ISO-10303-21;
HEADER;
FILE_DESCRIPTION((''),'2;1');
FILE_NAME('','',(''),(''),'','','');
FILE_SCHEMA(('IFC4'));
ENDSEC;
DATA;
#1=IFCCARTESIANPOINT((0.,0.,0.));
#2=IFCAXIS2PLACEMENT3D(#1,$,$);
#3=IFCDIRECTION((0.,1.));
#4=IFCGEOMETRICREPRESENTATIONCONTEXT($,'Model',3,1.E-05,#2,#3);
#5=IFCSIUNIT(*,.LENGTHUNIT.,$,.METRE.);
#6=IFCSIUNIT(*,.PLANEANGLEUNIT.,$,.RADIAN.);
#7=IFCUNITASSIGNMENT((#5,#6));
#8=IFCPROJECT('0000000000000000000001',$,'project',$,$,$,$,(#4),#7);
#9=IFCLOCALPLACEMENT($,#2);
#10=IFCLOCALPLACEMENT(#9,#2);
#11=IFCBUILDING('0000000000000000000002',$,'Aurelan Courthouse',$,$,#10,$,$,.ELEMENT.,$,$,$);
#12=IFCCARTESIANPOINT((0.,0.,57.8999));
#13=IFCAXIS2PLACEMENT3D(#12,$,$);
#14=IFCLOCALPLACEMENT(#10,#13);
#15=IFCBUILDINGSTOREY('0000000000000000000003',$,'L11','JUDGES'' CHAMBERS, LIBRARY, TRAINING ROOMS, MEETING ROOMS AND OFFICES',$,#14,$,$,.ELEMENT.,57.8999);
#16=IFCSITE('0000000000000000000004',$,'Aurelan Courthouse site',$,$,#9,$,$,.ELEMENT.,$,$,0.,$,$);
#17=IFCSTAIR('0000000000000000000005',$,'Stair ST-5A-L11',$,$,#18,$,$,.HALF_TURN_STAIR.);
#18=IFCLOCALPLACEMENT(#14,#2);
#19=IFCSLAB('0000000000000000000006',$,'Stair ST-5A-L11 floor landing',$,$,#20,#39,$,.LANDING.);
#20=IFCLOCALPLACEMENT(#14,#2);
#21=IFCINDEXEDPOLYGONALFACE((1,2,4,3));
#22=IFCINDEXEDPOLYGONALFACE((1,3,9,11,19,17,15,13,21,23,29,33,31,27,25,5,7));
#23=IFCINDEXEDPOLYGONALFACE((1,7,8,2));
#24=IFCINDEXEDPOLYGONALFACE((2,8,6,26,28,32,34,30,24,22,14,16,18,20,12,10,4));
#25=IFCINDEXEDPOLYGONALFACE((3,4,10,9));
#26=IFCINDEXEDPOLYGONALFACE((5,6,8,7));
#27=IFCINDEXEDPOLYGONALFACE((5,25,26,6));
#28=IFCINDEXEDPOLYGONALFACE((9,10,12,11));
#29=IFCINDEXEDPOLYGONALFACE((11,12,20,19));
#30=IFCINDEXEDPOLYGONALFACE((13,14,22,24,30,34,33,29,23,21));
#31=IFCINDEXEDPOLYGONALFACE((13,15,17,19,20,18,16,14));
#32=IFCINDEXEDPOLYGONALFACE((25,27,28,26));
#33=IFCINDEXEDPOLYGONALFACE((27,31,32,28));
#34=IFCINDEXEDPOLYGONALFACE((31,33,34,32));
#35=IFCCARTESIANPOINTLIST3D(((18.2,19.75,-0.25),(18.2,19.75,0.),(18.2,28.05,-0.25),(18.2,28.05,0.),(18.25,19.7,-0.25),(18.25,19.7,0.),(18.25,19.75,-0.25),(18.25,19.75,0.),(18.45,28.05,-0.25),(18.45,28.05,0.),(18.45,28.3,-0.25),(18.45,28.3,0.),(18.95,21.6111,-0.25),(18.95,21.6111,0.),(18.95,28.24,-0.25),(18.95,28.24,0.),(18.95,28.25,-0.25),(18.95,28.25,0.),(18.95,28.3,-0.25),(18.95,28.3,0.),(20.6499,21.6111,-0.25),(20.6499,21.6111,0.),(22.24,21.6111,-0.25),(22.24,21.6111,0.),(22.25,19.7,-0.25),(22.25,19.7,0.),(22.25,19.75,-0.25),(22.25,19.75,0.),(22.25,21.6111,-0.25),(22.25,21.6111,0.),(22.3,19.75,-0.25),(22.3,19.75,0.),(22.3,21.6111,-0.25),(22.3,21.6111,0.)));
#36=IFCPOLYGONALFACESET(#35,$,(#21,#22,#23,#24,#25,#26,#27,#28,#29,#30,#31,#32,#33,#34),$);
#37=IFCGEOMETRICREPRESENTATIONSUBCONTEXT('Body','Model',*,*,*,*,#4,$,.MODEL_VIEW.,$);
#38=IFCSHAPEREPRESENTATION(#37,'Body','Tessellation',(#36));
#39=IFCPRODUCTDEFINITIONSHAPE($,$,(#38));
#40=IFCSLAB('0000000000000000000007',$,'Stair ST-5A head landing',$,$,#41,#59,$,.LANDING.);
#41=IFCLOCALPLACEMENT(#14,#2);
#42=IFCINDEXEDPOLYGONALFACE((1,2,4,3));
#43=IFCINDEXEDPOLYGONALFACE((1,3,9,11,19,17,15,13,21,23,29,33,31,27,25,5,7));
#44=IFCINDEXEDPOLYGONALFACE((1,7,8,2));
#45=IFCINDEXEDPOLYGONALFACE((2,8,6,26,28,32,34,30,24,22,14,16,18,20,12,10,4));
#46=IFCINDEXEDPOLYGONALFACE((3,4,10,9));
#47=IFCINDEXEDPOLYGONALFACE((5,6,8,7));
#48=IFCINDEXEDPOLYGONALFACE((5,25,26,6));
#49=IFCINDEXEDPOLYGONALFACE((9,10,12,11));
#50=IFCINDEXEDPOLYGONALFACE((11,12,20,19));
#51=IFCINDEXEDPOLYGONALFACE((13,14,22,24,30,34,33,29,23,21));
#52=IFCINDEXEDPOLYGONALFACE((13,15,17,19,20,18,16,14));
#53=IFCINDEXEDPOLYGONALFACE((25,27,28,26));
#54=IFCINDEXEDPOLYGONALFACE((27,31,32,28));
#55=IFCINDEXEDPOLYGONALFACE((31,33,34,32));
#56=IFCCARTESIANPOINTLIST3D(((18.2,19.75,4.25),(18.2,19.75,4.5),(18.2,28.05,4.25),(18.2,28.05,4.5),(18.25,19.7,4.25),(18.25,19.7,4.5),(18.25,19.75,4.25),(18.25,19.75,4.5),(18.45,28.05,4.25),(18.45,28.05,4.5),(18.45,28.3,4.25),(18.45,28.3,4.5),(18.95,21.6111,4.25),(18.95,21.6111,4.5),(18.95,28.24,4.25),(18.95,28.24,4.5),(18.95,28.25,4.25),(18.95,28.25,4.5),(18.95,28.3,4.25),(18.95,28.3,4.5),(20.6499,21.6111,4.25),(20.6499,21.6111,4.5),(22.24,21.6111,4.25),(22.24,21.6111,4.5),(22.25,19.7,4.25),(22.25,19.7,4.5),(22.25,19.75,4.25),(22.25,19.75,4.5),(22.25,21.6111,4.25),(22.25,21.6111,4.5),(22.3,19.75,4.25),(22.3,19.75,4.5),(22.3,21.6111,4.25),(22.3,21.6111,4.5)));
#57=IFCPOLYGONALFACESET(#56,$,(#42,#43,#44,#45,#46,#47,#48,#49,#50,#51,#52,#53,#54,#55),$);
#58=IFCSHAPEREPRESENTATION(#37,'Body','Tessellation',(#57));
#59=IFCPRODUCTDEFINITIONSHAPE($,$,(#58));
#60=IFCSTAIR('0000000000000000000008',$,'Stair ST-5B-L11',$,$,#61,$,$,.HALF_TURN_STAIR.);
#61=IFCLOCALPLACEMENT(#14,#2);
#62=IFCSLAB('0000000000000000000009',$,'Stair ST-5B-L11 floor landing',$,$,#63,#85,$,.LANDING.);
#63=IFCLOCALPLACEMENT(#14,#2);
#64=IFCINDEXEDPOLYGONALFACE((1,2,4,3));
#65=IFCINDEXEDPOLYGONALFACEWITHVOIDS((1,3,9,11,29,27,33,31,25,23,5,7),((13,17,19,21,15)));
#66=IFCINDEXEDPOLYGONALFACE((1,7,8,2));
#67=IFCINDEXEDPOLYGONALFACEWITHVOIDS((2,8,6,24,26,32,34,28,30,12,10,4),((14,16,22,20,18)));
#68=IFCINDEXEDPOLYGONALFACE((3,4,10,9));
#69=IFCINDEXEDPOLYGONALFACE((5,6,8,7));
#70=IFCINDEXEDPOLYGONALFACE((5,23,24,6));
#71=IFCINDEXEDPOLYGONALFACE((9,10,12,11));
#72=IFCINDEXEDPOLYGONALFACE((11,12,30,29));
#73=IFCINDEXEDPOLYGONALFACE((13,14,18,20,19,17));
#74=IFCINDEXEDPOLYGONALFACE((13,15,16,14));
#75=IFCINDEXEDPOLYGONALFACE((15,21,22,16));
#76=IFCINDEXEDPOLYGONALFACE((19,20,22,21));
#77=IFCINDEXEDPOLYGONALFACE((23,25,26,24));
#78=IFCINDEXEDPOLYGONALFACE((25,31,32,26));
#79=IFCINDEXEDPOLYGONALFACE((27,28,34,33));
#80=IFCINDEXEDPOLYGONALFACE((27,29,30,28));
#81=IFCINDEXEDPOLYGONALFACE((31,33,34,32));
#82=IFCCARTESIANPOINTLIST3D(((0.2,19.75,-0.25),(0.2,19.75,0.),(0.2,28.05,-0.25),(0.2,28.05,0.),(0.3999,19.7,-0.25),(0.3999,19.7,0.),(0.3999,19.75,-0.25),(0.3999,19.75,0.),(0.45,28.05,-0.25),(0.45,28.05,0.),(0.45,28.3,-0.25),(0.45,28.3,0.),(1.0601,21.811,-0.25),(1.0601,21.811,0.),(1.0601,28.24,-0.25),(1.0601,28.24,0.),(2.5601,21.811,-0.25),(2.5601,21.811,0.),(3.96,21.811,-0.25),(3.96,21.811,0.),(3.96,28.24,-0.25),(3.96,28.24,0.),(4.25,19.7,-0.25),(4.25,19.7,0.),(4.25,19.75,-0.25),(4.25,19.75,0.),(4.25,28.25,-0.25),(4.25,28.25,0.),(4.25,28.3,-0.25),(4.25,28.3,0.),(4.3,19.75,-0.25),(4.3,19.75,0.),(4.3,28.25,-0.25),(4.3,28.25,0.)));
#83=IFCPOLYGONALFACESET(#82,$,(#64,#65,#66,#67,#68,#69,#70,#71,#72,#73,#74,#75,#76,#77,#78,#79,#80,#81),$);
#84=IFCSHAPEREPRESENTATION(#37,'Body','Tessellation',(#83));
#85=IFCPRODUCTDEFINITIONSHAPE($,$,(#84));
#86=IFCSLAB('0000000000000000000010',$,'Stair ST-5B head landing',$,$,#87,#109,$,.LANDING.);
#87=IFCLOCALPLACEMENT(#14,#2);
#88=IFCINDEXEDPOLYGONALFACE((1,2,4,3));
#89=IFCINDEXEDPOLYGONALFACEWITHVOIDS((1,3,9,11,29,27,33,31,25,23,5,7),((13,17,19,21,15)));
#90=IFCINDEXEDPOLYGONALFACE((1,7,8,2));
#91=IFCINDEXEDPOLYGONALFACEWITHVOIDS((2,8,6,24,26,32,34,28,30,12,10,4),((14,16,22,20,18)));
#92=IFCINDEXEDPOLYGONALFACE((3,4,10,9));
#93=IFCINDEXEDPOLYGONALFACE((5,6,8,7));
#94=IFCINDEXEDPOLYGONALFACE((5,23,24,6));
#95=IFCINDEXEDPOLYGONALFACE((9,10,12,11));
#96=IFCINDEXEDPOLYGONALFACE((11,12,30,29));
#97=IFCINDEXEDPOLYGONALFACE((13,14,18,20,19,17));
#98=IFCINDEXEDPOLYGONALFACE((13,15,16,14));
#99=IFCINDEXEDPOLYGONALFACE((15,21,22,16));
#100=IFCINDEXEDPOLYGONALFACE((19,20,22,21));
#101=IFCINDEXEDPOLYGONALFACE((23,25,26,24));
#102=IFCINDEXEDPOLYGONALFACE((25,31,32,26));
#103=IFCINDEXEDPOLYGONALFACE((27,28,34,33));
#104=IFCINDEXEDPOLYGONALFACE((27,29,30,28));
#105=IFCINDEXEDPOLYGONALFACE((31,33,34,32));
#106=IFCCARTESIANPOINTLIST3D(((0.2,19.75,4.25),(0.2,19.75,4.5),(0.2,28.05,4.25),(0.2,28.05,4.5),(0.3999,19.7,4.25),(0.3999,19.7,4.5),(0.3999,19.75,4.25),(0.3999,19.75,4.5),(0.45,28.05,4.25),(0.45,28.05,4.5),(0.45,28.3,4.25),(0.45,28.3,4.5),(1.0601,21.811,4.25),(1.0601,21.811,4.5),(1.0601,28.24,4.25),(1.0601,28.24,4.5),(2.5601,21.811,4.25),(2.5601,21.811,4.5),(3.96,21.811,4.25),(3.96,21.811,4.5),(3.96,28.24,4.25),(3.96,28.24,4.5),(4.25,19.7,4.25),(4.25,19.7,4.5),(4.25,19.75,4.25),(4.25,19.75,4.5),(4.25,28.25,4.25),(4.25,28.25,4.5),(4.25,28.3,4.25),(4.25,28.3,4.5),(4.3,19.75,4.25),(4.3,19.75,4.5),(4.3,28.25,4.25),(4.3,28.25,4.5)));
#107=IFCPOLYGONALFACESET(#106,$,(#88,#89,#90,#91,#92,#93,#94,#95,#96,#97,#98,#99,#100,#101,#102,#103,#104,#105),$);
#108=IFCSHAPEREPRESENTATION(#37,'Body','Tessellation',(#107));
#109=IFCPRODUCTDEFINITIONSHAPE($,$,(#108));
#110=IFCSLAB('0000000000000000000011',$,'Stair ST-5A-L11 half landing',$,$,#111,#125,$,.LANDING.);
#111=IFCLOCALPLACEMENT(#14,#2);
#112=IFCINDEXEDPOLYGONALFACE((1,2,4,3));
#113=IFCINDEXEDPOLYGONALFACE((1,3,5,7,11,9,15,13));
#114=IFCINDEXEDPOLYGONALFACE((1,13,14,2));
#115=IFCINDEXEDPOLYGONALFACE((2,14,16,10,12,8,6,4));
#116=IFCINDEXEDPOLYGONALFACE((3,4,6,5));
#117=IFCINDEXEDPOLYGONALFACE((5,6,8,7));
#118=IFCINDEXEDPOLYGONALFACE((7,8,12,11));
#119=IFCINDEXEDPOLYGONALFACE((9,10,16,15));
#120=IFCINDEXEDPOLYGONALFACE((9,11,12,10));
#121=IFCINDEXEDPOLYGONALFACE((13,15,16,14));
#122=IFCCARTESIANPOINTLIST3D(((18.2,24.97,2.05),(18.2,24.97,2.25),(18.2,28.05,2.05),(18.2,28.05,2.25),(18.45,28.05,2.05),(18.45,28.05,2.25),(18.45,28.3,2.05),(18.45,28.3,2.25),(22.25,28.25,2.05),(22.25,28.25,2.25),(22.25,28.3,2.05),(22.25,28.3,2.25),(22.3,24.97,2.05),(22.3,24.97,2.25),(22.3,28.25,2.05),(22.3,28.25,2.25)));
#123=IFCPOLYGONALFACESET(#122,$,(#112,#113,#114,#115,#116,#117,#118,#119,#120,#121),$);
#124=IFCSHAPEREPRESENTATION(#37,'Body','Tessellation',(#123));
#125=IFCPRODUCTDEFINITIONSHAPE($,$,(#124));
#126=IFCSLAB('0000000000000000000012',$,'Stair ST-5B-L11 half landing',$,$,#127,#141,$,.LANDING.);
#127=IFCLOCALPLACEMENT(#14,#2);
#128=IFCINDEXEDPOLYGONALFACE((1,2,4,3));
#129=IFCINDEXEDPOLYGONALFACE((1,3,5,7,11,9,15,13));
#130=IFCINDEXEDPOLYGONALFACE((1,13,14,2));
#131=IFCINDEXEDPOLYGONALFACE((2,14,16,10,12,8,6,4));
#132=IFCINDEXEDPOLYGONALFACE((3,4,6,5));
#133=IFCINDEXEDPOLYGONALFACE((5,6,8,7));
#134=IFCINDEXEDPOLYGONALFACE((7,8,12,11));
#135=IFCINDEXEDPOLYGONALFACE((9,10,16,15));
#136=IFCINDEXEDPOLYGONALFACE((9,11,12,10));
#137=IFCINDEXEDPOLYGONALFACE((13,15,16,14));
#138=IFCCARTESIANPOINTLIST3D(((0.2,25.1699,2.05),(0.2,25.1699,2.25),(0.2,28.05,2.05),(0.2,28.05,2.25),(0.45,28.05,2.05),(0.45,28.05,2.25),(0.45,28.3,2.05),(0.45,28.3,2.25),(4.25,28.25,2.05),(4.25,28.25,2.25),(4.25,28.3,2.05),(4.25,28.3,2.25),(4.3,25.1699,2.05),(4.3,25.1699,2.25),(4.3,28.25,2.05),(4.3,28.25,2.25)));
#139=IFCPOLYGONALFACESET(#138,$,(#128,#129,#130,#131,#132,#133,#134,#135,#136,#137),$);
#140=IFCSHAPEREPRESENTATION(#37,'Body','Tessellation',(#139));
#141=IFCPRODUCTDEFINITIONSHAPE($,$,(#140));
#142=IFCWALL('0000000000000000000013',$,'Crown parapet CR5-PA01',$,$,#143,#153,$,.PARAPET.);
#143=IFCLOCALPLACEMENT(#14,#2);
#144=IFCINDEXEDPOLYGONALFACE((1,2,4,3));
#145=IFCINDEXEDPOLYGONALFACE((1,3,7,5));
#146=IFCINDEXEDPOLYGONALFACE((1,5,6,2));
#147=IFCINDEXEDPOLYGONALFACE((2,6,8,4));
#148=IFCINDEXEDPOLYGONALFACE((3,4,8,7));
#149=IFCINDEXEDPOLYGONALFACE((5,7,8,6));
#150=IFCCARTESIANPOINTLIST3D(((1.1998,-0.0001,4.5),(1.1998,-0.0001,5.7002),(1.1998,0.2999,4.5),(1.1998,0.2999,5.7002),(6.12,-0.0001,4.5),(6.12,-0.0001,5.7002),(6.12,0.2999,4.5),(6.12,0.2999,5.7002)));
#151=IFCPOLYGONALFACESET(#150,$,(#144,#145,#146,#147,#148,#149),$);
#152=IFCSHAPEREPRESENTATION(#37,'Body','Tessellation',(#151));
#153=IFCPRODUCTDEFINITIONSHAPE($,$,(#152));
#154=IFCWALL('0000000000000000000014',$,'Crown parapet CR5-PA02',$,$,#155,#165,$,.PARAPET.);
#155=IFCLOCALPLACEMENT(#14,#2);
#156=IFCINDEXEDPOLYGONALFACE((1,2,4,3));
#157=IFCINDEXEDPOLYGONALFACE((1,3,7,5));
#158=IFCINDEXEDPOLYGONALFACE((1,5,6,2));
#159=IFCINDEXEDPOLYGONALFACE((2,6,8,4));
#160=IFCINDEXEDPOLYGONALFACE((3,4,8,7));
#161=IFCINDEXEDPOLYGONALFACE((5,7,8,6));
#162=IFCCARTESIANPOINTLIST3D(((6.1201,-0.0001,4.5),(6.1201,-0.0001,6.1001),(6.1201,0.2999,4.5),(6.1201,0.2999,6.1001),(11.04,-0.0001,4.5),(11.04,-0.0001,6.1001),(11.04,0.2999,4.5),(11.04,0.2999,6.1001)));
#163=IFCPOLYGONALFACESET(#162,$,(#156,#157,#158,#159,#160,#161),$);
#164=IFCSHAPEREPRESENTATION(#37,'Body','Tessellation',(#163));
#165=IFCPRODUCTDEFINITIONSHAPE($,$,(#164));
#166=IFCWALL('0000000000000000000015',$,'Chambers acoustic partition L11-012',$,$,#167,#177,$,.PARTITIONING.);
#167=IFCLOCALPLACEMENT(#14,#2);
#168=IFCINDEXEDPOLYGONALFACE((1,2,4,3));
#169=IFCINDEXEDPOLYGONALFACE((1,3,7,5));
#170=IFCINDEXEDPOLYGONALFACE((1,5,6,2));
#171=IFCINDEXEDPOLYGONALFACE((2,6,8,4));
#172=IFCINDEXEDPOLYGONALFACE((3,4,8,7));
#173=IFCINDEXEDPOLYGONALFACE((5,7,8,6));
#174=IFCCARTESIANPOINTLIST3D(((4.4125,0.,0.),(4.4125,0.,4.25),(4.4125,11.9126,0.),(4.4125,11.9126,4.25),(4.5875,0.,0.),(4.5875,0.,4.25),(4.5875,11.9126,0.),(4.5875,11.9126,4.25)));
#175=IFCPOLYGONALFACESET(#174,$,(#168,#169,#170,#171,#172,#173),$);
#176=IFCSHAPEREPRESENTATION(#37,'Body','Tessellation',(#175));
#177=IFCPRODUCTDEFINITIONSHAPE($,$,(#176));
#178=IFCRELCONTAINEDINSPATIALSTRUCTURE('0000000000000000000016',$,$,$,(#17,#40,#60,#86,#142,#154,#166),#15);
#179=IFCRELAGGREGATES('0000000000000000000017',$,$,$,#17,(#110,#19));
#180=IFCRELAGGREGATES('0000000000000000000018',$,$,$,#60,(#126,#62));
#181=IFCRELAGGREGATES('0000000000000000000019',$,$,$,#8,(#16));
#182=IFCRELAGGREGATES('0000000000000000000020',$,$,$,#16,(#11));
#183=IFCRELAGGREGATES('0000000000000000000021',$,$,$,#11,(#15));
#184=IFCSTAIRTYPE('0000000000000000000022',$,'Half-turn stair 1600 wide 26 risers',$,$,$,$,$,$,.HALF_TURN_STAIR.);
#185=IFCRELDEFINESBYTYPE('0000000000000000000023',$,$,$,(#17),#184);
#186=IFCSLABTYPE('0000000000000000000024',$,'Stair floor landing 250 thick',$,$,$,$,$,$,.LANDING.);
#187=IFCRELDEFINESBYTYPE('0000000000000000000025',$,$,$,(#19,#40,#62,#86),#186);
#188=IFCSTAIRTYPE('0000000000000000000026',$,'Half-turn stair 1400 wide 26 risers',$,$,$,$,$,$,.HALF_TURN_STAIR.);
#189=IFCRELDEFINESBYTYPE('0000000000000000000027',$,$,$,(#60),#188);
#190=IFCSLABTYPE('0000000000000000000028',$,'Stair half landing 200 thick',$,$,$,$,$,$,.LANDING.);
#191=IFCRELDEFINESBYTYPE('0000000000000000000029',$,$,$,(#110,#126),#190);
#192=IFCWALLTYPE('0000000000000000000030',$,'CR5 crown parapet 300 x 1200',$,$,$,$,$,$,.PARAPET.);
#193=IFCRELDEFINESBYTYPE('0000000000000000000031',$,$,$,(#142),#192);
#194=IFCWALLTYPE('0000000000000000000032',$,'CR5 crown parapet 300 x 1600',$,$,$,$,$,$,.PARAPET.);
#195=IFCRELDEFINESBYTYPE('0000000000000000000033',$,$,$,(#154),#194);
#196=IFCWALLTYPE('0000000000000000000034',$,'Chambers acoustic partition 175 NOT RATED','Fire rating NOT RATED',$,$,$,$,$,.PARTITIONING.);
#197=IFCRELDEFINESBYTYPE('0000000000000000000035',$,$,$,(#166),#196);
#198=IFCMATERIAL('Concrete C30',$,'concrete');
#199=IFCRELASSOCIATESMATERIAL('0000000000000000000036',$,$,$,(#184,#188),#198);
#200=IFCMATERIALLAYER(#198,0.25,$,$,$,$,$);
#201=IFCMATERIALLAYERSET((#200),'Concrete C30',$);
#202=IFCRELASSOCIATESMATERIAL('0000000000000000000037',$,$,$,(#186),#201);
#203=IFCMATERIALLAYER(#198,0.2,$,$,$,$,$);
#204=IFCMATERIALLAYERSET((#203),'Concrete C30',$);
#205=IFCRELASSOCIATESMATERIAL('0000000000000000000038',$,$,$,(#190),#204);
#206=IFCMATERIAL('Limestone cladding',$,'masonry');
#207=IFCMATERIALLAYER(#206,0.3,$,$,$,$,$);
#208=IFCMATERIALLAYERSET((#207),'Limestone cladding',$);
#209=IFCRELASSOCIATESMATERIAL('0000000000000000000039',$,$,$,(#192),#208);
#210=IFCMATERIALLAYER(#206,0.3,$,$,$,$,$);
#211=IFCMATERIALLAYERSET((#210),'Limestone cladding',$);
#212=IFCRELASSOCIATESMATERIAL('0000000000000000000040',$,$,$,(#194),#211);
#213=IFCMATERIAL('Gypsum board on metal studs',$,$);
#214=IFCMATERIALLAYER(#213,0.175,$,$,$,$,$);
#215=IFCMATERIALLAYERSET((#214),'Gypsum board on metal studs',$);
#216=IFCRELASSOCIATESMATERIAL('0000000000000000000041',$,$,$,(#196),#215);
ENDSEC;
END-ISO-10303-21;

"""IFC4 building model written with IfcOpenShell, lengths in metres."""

from ifc_helpers import new_model, si_unit, direction, frame, frame_2d, origin, place, context, subcontext, project, spatial, polyline, rectangle, outline, extrude, material, layer, layer_set, type_object, element, aggregate, save


model = new_model("IFC4")

# Units and contexts
model_context = context("Model", 3, precision=1e-05, world=origin(), true_north=direction((0.0, 1.0)))
body_context = subcontext(model_context, "Body", "Model", "MODEL_VIEW")
ifc_project = project(units=[si_unit("LENGTHUNIT", "METRE"), si_unit("PLANEANGLEUNIT", "RADIAN")], contexts=[model_context])

# Site, building, storey
site_placement = place(None, origin())
site = spatial("IfcSite", under=ifc_project, at=site_placement, Name="Aurelan Courthouse site", CompositionType="ELEMENT", RefElevation=0.0)
building_placement = place(site_placement, origin())
building = spatial("IfcBuilding", under=site, at=building_placement, Name="Aurelan Courthouse", CompositionType="ELEMENT")
storey_placement = place(building_placement, frame((0.0, 0.0, 57.8999)))
storey = spatial("IfcBuildingStorey", under=building, at=storey_placement, Name="L11", Description="JUDGES' CHAMBERS, LIBRARY, TRAINING ROOMS, MEETING ROOMS AND OFFICES", CompositionType="ELEMENT", Elevation=57.8999)

# Stair, slab
ifc_material_1 = material(Name="Concrete C30", Category="concrete")
stair_type_1 = type_object("IfcStairType", Name="Half-turn stair 1600 wide 26 risers", PredefinedType="HALF_TURN_STAIR", material=ifc_material_1)
stair_1_placement = place(storey_placement, origin())
stair_1 = element("IfcStair", 1, at=stair_1_placement, inside=storey, type_object=stair_type_1, Name="Stair ST-5A-L11", PredefinedType="HALF_TURN_STAIR")
ifc_layer_1 = layer(ifc_material_1, 0.25)
ifc_layer_set_1 = layer_set([ifc_layer_1], Name="Concrete C30")
slab_type_1 = type_object("IfcSlabType", Name="Stair floor landing 250 thick", PredefinedType="LANDING", material=ifc_layer_set_1)
slab_1_placement = place(storey_placement, frame((0.0, 0.0, -0.25)))
slab_1 = element("IfcSlab", 2, at=slab_1_placement, type_object=slab_type_1, Name="Stair ST-5A-L11 floor landing", PredefinedType="LANDING", context=body_context, shape_type="SweptSolid", body=[
    extrude(outline(polyline([(22.3, 21.6111), (22.3, 19.75), (22.25, 19.75), (22.25, 19.7), (18.25, 19.7), (18.25, 19.75), (18.2, 19.75), (18.2, 28.05), (18.45, 28.05), (18.45, 28.3), (18.95, 28.3), (18.95, 28.25), (18.95, 28.24), (18.95, 21.6111), (20.6499, 21.6111), (22.24, 21.6111), (22.25, 21.6111), (22.3, 21.6111)])), origin(), (0.0, 0.0, 1.0), 0.25),
])

# Slab
slab_2_placement = place(storey_placement, frame((0.0, 0.0, 4.25)))
element("IfcSlab", 3, at=slab_2_placement, inside=storey, type_object=slab_type_1, Name="Stair ST-5A head landing", PredefinedType="LANDING", context=body_context, shape_type="SweptSolid", body=[
    extrude(outline(polyline([(22.3, 21.6111), (22.3, 19.75), (22.25, 19.75), (22.25, 19.7), (18.25, 19.7), (18.25, 19.75), (18.2, 19.75), (18.2, 28.05), (18.45, 28.05), (18.45, 28.3), (18.95, 28.3), (18.95, 28.25), (18.95, 28.24), (18.95, 21.6111), (20.6499, 21.6111), (22.24, 21.6111), (22.25, 21.6111), (22.3, 21.6111)])), origin(), (0.0, 0.0, 1.0), 0.25),
])

# Stair, slab
stair_type_2 = type_object("IfcStairType", Name="Half-turn stair 1400 wide 26 risers", PredefinedType="HALF_TURN_STAIR", material=ifc_material_1)
stair_2_placement = place(storey_placement, origin())
stair_2 = element("IfcStair", 4, at=stair_2_placement, inside=storey, type_object=stair_type_2, Name="Stair ST-5B-L11", PredefinedType="HALF_TURN_STAIR")
slab_3_placement = place(storey_placement, frame((0.0, 0.0, -0.25)))
slab_3 = element("IfcSlab", 5, at=slab_3_placement, type_object=slab_type_1, Name="Stair ST-5B-L11 floor landing", PredefinedType="LANDING", context=body_context, shape_type="SweptSolid", body=[
    extrude(outline(polyline([(0.3999, 19.7), (0.3999, 19.75), (0.2, 19.75), (0.2, 28.05), (0.45, 28.05), (0.45, 28.3), (4.25, 28.3), (4.25, 28.25), (4.3, 28.25), (4.3, 19.75), (4.25, 19.75), (4.25, 19.7), (0.3999, 19.7)]), holes=[polyline([(3.96, 21.811), (3.96, 28.24), (1.0601, 28.24), (1.0601, 21.811), (2.5601, 21.811), (3.96, 21.811)])]), origin(), (0.0, 0.0, 1.0), 0.25),
])

# Slabs
slab_4_placement = place(storey_placement, frame((0.0, 0.0, 4.25)))
element("IfcSlab", 6, at=slab_4_placement, inside=storey, type_object=slab_type_1, Name="Stair ST-5B head landing", PredefinedType="LANDING", context=body_context, shape_type="SweptSolid", body=[
    extrude(outline(polyline([(0.3999, 19.7), (0.3999, 19.75), (0.2, 19.75), (0.2, 28.05), (0.45, 28.05), (0.45, 28.3), (4.25, 28.3), (4.25, 28.25), (4.3, 28.25), (4.3, 19.75), (4.25, 19.75), (4.25, 19.7), (0.3999, 19.7)]), holes=[polyline([(3.96, 21.811), (3.96, 28.24), (1.0601, 28.24), (1.0601, 21.811), (2.5601, 21.811), (3.96, 21.811)])]), origin(), (0.0, 0.0, 1.0), 0.25),
])
ifc_layer_2 = layer(ifc_material_1, 0.2)
ifc_layer_set_2 = layer_set([ifc_layer_2], Name="Concrete C30")
slab_type_2 = type_object("IfcSlabType", Name="Stair half landing 200 thick", PredefinedType="LANDING", material=ifc_layer_set_2)
slab_5_placement = place(storey_placement, frame((0.0, 0.0, 2.05)))
slab_5 = element("IfcSlab", 7, at=slab_5_placement, type_object=slab_type_2, Name="Stair ST-5A-L11 half landing", PredefinedType="LANDING", context=body_context, shape_type="SweptSolid", body=[
    extrude(outline(polyline([(22.3, 24.97), (18.2, 24.97), (18.2, 28.05), (18.45, 28.05), (18.45, 28.3), (22.25, 28.3), (22.25, 28.25), (22.3, 28.25), (22.3, 24.97)])), origin(), (0.0, 0.0, 1.0), 0.2),
])
aggregate(stair_1, [slab_5, slab_1])
slab_6_placement = place(storey_placement, frame((0.0, 0.0, 2.05)))
slab_6 = element("IfcSlab", 8, at=slab_6_placement, type_object=slab_type_2, Name="Stair ST-5B-L11 half landing", PredefinedType="LANDING", context=body_context, shape_type="SweptSolid", body=[
    extrude(outline(polyline([(4.3, 25.1699), (0.2, 25.1699), (0.2, 28.05), (0.45, 28.05), (0.45, 28.3), (4.25, 28.3), (4.25, 28.25), (4.3, 28.25), (4.3, 25.1699)])), origin(), (0.0, 0.0, 1.0), 0.2),
])
aggregate(stair_2, [slab_6, slab_3])

# Walls
ifc_material_2 = material(Name="Limestone cladding", Category="masonry")
ifc_layer_3 = layer(ifc_material_2, 0.3)
ifc_layer_set_3 = layer_set([ifc_layer_3], Name="Limestone cladding")
wall_type_1 = type_object("IfcWallType", Name="CR5 crown parapet 300 x 1200", PredefinedType="PARAPET", material=ifc_layer_set_3)
wall_1_placement = place(storey_placement, frame((1.2, 0.1499, 4.5), z_axis=(0.0, 0.0, 1.0), x_axis=(1.0, 0.0, 0.0)))
element("IfcWall", 9, at=wall_1_placement, inside=storey, type_object=wall_type_1, Name="Crown parapet CR5-PA01", PredefinedType="PARAPET", context=body_context, shape_type="SweptSolid", body=[
    extrude(rectangle(XDim=4.9202, YDim=0.3, at=frame_2d((2.46, 0.0))), origin(), (0.0, 0.0, 1.0), 1.2002),
])
ifc_layer_4 = layer(ifc_material_2, 0.3)
ifc_layer_set_4 = layer_set([ifc_layer_4], Name="Limestone cladding")
wall_type_2 = type_object("IfcWallType", Name="CR5 crown parapet 300 x 1600", PredefinedType="PARAPET", material=ifc_layer_set_4)
wall_2_placement = place(storey_placement, frame((6.1201, 0.1499, 4.5), z_axis=(0.0, 0.0, 1.0), x_axis=(1.0, 0.0, 0.0)))
element("IfcWall", 10, at=wall_2_placement, inside=storey, type_object=wall_type_2, Name="Crown parapet CR5-PA02", PredefinedType="PARAPET", context=body_context, shape_type="SweptSolid", body=[
    extrude(rectangle(XDim=4.9199, YDim=0.3, at=frame_2d((2.46, 0.0))), origin(), (0.0, 0.0, 1.0), 1.6001),
])
ifc_material_3 = material(Name="Gypsum board on metal studs")
ifc_layer_5 = layer(ifc_material_3, 0.175)
ifc_layer_set_5 = layer_set([ifc_layer_5], Name="Gypsum board on metal studs")
wall_type_3 = type_object("IfcWallType", Name="Chambers acoustic partition 175 NOT RATED", Description="Fire rating NOT RATED", PredefinedType="PARTITIONING", material=ifc_layer_set_5)
wall_3_placement = place(storey_placement, frame((4.5, 0.0, 0.0), z_axis=(0.0, 0.0, 1.0), x_axis=(0.0, 1.0, 0.0)))
element("IfcWall", 11, at=wall_3_placement, inside=storey, type_object=wall_type_3, Name="Chambers acoustic partition L11-012", PredefinedType="PARTITIONING", context=body_context, shape_type="SweptSolid", body=[
    extrude(rectangle(XDim=11.9126, YDim=0.175, at=frame_2d((5.9563, 0.0))), origin(), (0.0, 0.0, 1.0), 4.25),
])

save(model, "model.ifc")
